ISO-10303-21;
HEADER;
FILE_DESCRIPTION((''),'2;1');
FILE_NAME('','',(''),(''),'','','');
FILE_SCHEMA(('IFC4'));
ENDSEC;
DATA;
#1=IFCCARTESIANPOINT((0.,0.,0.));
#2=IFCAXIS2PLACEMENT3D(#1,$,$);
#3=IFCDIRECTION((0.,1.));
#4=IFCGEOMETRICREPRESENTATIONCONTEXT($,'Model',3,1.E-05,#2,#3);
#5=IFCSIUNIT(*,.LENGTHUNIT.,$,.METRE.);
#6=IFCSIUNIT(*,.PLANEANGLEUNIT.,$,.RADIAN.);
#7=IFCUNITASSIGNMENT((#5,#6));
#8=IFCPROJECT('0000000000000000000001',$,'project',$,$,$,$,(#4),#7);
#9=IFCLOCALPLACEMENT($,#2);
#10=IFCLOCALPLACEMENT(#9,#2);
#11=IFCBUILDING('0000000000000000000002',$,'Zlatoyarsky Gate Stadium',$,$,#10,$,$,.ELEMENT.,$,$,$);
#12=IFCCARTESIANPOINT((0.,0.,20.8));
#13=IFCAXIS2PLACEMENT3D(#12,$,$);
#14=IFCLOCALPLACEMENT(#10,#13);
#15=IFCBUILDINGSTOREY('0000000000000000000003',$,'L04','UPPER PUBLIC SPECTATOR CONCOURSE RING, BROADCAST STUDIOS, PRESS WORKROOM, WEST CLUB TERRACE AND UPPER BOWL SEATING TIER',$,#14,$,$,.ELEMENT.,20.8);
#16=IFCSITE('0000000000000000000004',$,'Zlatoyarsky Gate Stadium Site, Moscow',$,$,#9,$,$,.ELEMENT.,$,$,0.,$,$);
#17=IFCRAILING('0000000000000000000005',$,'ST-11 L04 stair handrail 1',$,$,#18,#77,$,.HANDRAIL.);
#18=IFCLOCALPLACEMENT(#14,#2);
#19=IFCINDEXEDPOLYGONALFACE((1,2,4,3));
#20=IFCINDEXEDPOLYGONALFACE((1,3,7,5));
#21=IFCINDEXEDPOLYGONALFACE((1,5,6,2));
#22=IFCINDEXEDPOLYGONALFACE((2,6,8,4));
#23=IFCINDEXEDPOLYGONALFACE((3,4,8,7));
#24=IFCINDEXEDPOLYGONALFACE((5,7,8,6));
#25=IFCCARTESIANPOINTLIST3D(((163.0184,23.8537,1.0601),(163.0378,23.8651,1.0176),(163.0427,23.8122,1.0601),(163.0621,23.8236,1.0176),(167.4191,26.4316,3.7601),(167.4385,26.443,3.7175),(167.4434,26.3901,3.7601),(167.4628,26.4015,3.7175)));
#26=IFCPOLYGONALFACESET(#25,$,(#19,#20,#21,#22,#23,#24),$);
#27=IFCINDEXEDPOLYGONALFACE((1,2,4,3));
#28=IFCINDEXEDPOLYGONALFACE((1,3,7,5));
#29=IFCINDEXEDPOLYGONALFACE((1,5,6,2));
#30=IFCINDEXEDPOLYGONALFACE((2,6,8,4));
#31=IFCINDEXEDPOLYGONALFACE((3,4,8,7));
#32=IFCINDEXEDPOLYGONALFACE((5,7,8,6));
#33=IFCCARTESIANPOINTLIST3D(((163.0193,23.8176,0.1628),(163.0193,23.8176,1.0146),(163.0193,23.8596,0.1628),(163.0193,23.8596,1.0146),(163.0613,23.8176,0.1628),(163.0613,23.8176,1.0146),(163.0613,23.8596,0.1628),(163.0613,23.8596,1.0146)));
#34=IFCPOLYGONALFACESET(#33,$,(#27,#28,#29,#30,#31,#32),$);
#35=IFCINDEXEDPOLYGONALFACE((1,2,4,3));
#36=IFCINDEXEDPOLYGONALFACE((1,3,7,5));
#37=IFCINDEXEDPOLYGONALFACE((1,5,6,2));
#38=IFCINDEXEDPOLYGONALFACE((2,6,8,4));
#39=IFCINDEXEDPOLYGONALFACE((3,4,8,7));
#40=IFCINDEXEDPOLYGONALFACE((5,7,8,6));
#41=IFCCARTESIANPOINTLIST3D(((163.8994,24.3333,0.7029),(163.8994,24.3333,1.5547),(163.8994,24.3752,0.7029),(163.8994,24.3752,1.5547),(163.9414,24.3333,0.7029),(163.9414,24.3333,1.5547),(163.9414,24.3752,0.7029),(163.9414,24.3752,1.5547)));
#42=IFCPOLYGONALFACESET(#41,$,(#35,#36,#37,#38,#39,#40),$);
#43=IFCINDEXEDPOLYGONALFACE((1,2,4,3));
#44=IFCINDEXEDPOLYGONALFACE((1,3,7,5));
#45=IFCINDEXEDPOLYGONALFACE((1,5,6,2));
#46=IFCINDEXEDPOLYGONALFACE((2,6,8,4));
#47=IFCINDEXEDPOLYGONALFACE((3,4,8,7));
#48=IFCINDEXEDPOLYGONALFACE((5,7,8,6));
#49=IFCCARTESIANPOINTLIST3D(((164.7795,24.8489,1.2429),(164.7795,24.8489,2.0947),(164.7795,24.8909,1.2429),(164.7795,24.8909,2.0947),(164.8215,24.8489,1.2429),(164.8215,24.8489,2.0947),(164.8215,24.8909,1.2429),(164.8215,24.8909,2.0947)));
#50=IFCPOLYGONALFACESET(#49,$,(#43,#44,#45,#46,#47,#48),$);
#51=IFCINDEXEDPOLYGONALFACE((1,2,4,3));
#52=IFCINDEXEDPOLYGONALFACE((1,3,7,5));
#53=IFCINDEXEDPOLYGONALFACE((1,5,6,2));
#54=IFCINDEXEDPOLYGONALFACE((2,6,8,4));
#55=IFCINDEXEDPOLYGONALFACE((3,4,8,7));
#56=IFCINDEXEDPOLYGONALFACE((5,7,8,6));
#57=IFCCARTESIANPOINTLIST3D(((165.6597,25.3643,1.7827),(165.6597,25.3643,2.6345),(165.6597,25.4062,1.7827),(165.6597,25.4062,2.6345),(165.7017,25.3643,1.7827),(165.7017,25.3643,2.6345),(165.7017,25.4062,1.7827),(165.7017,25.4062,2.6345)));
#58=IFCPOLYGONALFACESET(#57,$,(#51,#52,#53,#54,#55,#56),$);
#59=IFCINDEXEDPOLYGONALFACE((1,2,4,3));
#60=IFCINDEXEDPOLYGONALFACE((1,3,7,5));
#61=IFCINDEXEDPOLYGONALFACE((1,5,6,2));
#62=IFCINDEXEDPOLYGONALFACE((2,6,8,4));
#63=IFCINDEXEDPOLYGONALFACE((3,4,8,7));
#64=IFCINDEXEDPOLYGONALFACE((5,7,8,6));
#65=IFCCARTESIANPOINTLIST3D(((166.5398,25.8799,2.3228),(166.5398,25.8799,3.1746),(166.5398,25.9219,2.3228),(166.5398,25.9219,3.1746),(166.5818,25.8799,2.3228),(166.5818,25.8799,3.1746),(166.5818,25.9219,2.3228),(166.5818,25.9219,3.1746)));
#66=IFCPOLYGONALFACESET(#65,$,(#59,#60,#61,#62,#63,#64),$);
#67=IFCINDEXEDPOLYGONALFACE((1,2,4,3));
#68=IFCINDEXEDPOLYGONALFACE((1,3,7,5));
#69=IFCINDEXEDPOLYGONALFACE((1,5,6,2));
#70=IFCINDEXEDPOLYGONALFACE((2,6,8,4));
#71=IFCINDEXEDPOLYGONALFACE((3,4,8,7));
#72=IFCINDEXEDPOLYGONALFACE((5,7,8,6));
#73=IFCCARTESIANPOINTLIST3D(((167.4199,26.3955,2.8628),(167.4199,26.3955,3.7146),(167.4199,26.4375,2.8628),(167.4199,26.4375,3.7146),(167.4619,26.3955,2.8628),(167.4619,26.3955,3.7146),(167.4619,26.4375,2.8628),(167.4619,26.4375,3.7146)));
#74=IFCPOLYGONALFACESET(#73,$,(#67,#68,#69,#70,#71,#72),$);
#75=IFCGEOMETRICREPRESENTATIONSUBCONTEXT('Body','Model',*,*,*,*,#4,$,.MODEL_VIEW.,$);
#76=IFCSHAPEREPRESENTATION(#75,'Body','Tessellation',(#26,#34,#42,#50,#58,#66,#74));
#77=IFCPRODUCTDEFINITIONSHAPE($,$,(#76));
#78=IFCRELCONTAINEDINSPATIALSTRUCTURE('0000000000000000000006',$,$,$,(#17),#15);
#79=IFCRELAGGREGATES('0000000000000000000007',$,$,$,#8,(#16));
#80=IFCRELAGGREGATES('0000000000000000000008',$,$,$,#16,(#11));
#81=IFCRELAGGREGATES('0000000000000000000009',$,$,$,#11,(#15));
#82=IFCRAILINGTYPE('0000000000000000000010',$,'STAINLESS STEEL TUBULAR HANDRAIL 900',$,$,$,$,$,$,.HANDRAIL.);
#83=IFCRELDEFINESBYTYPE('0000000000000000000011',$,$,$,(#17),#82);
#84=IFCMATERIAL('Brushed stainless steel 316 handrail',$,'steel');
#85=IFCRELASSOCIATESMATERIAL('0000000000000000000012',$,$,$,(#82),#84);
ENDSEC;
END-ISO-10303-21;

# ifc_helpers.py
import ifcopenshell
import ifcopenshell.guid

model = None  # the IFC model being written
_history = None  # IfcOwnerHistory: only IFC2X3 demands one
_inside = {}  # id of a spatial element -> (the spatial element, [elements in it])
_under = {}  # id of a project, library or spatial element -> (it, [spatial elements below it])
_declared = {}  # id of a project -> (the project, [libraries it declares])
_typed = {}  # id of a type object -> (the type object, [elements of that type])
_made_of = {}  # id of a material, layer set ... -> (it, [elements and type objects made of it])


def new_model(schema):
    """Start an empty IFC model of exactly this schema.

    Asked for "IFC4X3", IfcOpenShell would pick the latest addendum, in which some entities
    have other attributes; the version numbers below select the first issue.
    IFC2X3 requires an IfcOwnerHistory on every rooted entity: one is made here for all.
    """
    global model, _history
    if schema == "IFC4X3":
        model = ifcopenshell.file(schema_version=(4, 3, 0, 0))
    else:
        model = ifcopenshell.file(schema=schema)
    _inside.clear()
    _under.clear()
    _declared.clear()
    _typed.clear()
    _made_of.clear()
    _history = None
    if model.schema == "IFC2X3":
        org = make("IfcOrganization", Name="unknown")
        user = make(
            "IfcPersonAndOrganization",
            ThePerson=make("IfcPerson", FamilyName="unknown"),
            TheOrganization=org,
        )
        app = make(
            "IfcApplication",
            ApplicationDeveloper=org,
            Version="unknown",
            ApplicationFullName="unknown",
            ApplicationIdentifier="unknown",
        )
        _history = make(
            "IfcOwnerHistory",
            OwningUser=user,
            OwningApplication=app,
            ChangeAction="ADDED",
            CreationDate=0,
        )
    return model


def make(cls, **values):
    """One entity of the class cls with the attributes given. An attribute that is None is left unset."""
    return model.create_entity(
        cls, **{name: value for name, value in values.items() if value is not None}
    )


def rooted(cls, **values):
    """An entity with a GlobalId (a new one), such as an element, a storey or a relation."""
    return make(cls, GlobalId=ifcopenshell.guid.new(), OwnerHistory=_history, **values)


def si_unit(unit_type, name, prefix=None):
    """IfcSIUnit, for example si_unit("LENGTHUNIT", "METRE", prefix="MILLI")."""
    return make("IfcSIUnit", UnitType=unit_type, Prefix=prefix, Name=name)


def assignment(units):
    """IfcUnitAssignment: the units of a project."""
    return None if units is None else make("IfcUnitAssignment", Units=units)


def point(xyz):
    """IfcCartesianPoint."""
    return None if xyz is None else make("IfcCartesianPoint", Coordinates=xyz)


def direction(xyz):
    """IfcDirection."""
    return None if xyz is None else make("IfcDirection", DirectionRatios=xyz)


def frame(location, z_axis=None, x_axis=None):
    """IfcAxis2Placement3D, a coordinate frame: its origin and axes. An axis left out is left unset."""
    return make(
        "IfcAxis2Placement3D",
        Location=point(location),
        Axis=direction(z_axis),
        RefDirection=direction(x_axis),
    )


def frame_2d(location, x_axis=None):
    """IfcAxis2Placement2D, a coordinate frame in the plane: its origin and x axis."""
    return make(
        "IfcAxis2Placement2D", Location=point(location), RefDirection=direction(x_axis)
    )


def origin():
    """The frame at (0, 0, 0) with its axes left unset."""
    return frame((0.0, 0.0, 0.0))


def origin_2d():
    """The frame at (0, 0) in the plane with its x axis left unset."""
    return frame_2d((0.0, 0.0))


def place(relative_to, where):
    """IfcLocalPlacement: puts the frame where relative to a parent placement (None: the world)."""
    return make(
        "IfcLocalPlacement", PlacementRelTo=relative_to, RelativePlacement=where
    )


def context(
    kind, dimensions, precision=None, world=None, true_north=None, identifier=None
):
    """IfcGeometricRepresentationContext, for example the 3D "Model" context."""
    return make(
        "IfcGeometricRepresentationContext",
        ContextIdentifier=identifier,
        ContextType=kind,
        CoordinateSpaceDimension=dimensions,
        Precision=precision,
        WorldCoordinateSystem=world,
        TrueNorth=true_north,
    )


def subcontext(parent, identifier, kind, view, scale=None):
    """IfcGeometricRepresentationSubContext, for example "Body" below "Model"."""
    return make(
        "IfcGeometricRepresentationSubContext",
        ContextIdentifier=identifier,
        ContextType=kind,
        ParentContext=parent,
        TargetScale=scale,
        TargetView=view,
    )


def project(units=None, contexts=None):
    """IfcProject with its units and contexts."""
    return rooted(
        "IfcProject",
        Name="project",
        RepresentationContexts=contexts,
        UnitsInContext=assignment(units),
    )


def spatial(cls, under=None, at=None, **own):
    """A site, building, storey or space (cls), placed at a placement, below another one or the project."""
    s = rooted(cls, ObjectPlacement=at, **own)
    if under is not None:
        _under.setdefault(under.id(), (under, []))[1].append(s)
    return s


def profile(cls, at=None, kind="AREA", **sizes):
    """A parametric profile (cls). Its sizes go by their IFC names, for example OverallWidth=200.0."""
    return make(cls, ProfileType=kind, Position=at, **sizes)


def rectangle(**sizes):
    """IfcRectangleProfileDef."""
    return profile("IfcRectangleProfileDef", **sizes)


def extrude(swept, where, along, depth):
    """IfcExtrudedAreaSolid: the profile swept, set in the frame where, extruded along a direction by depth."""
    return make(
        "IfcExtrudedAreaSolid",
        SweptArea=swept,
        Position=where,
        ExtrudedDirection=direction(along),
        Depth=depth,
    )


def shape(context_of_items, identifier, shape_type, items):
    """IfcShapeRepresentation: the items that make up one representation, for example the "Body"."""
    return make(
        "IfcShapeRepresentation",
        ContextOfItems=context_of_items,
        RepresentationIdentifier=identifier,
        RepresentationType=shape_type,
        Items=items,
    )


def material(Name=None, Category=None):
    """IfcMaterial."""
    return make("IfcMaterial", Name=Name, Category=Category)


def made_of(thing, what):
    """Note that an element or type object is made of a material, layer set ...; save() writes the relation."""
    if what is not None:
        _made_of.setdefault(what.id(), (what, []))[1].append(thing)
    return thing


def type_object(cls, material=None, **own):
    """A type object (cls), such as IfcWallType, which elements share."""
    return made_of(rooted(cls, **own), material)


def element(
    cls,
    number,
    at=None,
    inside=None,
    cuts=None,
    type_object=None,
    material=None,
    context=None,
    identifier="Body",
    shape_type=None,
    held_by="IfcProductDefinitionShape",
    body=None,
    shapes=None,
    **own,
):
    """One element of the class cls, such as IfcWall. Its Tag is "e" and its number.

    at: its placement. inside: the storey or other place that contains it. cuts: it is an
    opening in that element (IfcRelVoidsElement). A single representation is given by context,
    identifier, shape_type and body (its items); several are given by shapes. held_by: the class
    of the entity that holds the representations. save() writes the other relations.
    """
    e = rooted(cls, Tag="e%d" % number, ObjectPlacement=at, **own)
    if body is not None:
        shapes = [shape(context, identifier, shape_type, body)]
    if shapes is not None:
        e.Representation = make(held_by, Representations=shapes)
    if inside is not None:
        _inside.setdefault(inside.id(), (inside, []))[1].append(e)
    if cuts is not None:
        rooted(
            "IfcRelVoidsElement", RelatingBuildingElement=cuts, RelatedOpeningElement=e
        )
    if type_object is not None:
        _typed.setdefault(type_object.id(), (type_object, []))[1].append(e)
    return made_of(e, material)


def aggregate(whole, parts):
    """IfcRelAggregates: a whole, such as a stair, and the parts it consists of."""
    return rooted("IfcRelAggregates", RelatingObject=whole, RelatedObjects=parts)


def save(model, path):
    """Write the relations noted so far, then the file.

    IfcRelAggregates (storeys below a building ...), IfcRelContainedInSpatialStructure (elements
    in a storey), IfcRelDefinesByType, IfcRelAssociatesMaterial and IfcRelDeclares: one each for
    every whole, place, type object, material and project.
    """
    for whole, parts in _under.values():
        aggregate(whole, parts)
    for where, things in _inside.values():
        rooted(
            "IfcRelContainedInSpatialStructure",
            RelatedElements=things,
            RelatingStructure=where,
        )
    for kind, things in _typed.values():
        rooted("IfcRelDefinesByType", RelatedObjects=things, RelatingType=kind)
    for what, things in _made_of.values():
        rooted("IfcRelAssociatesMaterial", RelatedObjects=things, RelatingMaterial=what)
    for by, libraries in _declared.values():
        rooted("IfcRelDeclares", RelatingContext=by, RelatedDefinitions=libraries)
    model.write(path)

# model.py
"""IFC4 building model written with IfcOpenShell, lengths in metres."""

from ifc_helpers import new_model, si_unit, direction, frame, origin, origin_2d, place, context, subcontext, project, spatial, rectangle, extrude, material, type_object, element, save


model = new_model("IFC4")

# Units and contexts
model_context = context("Model", 3, precision=1e-05, world=origin(), true_north=direction((0.0, 1.0)))
body_context = subcontext(model_context, "Body", "Model", "MODEL_VIEW")
ifc_project = project(units=[si_unit("LENGTHUNIT", "METRE"), si_unit("PLANEANGLEUNIT", "RADIAN")], contexts=[model_context])

# Site, building, storey
site_placement = place(None, origin())
site = spatial("IfcSite", under=ifc_project, at=site_placement, Name="Zlatoyarsky Gate Stadium Site, Moscow", CompositionType="ELEMENT", RefElevation=0.0)
building_placement = place(site_placement, origin())
building = spatial("IfcBuilding", under=site, at=building_placement, Name="Zlatoyarsky Gate Stadium", CompositionType="ELEMENT")
storey_placement = place(building_placement, frame((0.0, 0.0, 20.8)))
storey = spatial("IfcBuildingStorey", under=building, at=storey_placement, Name="L04", Description="UPPER PUBLIC SPECTATOR CONCOURSE RING, BROADCAST STUDIOS, PRESS WORKROOM, WEST CLUB TERRACE AND UPPER BOWL SEATING TIER", CompositionType="ELEMENT", Elevation=20.8)

# Railing
ifc_material_1 = material(Name="Brushed stainless steel 316 handrail", Category="steel")
railing_type_1 = type_object("IfcRailingType", Name="STAINLESS STEEL TUBULAR HANDRAIL 900", PredefinedType="HANDRAIL", material=ifc_material_1)
railing_1_placement = place(storey_placement, frame((163.0403, 23.8386, 0.1628)))
element("IfcRailing", 1, at=railing_1_placement, inside=storey, type_object=railing_type_1, Name="ST-11 L04 stair handrail 1", PredefinedType="HANDRAIL", context=body_context, shape_type="SweptSolid", body=[
    extrude(rectangle(XDim=0.0481, YDim=0.0481, at=origin_2d()), frame((0.0, 0.0, 0.876), z_axis=(0.762585, 0.44672, 0.467874), x_axis=(-0.505457, 0.862852, 0.0)), (0.0, 0.0, 1.0), 5.7708),
    extrude(rectangle(XDim=0.042, YDim=0.042, at=origin_2d()), origin(), (0.0, 0.0, 1.0), 0.8518),
    extrude(rectangle(XDim=0.042, YDim=0.042, at=origin_2d()), frame((0.8801, 0.5156, 0.54)), (0.0, 0.0, 1.0), 0.8518),
    extrude(rectangle(XDim=0.042, YDim=0.042, at=origin_2d()), frame((1.7603, 1.0312, 1.0801)), (0.0, 0.0, 1.0), 0.8518),
    extrude(rectangle(XDim=0.042, YDim=0.042, at=origin_2d()), frame((2.6404, 1.5466, 1.6199)), (0.0, 0.0, 1.0), 0.8518),
    extrude(rectangle(XDim=0.042, YDim=0.042, at=origin_2d()), frame((3.5205, 2.0623, 2.1599)), (0.0, 0.0, 1.0), 0.8518),
    extrude(rectangle(XDim=0.042, YDim=0.042, at=origin_2d()), frame((4.4006, 2.5779, 2.7)), (0.0, 0.0, 1.0), 0.8518),
])

save(model, "model.ifc")
